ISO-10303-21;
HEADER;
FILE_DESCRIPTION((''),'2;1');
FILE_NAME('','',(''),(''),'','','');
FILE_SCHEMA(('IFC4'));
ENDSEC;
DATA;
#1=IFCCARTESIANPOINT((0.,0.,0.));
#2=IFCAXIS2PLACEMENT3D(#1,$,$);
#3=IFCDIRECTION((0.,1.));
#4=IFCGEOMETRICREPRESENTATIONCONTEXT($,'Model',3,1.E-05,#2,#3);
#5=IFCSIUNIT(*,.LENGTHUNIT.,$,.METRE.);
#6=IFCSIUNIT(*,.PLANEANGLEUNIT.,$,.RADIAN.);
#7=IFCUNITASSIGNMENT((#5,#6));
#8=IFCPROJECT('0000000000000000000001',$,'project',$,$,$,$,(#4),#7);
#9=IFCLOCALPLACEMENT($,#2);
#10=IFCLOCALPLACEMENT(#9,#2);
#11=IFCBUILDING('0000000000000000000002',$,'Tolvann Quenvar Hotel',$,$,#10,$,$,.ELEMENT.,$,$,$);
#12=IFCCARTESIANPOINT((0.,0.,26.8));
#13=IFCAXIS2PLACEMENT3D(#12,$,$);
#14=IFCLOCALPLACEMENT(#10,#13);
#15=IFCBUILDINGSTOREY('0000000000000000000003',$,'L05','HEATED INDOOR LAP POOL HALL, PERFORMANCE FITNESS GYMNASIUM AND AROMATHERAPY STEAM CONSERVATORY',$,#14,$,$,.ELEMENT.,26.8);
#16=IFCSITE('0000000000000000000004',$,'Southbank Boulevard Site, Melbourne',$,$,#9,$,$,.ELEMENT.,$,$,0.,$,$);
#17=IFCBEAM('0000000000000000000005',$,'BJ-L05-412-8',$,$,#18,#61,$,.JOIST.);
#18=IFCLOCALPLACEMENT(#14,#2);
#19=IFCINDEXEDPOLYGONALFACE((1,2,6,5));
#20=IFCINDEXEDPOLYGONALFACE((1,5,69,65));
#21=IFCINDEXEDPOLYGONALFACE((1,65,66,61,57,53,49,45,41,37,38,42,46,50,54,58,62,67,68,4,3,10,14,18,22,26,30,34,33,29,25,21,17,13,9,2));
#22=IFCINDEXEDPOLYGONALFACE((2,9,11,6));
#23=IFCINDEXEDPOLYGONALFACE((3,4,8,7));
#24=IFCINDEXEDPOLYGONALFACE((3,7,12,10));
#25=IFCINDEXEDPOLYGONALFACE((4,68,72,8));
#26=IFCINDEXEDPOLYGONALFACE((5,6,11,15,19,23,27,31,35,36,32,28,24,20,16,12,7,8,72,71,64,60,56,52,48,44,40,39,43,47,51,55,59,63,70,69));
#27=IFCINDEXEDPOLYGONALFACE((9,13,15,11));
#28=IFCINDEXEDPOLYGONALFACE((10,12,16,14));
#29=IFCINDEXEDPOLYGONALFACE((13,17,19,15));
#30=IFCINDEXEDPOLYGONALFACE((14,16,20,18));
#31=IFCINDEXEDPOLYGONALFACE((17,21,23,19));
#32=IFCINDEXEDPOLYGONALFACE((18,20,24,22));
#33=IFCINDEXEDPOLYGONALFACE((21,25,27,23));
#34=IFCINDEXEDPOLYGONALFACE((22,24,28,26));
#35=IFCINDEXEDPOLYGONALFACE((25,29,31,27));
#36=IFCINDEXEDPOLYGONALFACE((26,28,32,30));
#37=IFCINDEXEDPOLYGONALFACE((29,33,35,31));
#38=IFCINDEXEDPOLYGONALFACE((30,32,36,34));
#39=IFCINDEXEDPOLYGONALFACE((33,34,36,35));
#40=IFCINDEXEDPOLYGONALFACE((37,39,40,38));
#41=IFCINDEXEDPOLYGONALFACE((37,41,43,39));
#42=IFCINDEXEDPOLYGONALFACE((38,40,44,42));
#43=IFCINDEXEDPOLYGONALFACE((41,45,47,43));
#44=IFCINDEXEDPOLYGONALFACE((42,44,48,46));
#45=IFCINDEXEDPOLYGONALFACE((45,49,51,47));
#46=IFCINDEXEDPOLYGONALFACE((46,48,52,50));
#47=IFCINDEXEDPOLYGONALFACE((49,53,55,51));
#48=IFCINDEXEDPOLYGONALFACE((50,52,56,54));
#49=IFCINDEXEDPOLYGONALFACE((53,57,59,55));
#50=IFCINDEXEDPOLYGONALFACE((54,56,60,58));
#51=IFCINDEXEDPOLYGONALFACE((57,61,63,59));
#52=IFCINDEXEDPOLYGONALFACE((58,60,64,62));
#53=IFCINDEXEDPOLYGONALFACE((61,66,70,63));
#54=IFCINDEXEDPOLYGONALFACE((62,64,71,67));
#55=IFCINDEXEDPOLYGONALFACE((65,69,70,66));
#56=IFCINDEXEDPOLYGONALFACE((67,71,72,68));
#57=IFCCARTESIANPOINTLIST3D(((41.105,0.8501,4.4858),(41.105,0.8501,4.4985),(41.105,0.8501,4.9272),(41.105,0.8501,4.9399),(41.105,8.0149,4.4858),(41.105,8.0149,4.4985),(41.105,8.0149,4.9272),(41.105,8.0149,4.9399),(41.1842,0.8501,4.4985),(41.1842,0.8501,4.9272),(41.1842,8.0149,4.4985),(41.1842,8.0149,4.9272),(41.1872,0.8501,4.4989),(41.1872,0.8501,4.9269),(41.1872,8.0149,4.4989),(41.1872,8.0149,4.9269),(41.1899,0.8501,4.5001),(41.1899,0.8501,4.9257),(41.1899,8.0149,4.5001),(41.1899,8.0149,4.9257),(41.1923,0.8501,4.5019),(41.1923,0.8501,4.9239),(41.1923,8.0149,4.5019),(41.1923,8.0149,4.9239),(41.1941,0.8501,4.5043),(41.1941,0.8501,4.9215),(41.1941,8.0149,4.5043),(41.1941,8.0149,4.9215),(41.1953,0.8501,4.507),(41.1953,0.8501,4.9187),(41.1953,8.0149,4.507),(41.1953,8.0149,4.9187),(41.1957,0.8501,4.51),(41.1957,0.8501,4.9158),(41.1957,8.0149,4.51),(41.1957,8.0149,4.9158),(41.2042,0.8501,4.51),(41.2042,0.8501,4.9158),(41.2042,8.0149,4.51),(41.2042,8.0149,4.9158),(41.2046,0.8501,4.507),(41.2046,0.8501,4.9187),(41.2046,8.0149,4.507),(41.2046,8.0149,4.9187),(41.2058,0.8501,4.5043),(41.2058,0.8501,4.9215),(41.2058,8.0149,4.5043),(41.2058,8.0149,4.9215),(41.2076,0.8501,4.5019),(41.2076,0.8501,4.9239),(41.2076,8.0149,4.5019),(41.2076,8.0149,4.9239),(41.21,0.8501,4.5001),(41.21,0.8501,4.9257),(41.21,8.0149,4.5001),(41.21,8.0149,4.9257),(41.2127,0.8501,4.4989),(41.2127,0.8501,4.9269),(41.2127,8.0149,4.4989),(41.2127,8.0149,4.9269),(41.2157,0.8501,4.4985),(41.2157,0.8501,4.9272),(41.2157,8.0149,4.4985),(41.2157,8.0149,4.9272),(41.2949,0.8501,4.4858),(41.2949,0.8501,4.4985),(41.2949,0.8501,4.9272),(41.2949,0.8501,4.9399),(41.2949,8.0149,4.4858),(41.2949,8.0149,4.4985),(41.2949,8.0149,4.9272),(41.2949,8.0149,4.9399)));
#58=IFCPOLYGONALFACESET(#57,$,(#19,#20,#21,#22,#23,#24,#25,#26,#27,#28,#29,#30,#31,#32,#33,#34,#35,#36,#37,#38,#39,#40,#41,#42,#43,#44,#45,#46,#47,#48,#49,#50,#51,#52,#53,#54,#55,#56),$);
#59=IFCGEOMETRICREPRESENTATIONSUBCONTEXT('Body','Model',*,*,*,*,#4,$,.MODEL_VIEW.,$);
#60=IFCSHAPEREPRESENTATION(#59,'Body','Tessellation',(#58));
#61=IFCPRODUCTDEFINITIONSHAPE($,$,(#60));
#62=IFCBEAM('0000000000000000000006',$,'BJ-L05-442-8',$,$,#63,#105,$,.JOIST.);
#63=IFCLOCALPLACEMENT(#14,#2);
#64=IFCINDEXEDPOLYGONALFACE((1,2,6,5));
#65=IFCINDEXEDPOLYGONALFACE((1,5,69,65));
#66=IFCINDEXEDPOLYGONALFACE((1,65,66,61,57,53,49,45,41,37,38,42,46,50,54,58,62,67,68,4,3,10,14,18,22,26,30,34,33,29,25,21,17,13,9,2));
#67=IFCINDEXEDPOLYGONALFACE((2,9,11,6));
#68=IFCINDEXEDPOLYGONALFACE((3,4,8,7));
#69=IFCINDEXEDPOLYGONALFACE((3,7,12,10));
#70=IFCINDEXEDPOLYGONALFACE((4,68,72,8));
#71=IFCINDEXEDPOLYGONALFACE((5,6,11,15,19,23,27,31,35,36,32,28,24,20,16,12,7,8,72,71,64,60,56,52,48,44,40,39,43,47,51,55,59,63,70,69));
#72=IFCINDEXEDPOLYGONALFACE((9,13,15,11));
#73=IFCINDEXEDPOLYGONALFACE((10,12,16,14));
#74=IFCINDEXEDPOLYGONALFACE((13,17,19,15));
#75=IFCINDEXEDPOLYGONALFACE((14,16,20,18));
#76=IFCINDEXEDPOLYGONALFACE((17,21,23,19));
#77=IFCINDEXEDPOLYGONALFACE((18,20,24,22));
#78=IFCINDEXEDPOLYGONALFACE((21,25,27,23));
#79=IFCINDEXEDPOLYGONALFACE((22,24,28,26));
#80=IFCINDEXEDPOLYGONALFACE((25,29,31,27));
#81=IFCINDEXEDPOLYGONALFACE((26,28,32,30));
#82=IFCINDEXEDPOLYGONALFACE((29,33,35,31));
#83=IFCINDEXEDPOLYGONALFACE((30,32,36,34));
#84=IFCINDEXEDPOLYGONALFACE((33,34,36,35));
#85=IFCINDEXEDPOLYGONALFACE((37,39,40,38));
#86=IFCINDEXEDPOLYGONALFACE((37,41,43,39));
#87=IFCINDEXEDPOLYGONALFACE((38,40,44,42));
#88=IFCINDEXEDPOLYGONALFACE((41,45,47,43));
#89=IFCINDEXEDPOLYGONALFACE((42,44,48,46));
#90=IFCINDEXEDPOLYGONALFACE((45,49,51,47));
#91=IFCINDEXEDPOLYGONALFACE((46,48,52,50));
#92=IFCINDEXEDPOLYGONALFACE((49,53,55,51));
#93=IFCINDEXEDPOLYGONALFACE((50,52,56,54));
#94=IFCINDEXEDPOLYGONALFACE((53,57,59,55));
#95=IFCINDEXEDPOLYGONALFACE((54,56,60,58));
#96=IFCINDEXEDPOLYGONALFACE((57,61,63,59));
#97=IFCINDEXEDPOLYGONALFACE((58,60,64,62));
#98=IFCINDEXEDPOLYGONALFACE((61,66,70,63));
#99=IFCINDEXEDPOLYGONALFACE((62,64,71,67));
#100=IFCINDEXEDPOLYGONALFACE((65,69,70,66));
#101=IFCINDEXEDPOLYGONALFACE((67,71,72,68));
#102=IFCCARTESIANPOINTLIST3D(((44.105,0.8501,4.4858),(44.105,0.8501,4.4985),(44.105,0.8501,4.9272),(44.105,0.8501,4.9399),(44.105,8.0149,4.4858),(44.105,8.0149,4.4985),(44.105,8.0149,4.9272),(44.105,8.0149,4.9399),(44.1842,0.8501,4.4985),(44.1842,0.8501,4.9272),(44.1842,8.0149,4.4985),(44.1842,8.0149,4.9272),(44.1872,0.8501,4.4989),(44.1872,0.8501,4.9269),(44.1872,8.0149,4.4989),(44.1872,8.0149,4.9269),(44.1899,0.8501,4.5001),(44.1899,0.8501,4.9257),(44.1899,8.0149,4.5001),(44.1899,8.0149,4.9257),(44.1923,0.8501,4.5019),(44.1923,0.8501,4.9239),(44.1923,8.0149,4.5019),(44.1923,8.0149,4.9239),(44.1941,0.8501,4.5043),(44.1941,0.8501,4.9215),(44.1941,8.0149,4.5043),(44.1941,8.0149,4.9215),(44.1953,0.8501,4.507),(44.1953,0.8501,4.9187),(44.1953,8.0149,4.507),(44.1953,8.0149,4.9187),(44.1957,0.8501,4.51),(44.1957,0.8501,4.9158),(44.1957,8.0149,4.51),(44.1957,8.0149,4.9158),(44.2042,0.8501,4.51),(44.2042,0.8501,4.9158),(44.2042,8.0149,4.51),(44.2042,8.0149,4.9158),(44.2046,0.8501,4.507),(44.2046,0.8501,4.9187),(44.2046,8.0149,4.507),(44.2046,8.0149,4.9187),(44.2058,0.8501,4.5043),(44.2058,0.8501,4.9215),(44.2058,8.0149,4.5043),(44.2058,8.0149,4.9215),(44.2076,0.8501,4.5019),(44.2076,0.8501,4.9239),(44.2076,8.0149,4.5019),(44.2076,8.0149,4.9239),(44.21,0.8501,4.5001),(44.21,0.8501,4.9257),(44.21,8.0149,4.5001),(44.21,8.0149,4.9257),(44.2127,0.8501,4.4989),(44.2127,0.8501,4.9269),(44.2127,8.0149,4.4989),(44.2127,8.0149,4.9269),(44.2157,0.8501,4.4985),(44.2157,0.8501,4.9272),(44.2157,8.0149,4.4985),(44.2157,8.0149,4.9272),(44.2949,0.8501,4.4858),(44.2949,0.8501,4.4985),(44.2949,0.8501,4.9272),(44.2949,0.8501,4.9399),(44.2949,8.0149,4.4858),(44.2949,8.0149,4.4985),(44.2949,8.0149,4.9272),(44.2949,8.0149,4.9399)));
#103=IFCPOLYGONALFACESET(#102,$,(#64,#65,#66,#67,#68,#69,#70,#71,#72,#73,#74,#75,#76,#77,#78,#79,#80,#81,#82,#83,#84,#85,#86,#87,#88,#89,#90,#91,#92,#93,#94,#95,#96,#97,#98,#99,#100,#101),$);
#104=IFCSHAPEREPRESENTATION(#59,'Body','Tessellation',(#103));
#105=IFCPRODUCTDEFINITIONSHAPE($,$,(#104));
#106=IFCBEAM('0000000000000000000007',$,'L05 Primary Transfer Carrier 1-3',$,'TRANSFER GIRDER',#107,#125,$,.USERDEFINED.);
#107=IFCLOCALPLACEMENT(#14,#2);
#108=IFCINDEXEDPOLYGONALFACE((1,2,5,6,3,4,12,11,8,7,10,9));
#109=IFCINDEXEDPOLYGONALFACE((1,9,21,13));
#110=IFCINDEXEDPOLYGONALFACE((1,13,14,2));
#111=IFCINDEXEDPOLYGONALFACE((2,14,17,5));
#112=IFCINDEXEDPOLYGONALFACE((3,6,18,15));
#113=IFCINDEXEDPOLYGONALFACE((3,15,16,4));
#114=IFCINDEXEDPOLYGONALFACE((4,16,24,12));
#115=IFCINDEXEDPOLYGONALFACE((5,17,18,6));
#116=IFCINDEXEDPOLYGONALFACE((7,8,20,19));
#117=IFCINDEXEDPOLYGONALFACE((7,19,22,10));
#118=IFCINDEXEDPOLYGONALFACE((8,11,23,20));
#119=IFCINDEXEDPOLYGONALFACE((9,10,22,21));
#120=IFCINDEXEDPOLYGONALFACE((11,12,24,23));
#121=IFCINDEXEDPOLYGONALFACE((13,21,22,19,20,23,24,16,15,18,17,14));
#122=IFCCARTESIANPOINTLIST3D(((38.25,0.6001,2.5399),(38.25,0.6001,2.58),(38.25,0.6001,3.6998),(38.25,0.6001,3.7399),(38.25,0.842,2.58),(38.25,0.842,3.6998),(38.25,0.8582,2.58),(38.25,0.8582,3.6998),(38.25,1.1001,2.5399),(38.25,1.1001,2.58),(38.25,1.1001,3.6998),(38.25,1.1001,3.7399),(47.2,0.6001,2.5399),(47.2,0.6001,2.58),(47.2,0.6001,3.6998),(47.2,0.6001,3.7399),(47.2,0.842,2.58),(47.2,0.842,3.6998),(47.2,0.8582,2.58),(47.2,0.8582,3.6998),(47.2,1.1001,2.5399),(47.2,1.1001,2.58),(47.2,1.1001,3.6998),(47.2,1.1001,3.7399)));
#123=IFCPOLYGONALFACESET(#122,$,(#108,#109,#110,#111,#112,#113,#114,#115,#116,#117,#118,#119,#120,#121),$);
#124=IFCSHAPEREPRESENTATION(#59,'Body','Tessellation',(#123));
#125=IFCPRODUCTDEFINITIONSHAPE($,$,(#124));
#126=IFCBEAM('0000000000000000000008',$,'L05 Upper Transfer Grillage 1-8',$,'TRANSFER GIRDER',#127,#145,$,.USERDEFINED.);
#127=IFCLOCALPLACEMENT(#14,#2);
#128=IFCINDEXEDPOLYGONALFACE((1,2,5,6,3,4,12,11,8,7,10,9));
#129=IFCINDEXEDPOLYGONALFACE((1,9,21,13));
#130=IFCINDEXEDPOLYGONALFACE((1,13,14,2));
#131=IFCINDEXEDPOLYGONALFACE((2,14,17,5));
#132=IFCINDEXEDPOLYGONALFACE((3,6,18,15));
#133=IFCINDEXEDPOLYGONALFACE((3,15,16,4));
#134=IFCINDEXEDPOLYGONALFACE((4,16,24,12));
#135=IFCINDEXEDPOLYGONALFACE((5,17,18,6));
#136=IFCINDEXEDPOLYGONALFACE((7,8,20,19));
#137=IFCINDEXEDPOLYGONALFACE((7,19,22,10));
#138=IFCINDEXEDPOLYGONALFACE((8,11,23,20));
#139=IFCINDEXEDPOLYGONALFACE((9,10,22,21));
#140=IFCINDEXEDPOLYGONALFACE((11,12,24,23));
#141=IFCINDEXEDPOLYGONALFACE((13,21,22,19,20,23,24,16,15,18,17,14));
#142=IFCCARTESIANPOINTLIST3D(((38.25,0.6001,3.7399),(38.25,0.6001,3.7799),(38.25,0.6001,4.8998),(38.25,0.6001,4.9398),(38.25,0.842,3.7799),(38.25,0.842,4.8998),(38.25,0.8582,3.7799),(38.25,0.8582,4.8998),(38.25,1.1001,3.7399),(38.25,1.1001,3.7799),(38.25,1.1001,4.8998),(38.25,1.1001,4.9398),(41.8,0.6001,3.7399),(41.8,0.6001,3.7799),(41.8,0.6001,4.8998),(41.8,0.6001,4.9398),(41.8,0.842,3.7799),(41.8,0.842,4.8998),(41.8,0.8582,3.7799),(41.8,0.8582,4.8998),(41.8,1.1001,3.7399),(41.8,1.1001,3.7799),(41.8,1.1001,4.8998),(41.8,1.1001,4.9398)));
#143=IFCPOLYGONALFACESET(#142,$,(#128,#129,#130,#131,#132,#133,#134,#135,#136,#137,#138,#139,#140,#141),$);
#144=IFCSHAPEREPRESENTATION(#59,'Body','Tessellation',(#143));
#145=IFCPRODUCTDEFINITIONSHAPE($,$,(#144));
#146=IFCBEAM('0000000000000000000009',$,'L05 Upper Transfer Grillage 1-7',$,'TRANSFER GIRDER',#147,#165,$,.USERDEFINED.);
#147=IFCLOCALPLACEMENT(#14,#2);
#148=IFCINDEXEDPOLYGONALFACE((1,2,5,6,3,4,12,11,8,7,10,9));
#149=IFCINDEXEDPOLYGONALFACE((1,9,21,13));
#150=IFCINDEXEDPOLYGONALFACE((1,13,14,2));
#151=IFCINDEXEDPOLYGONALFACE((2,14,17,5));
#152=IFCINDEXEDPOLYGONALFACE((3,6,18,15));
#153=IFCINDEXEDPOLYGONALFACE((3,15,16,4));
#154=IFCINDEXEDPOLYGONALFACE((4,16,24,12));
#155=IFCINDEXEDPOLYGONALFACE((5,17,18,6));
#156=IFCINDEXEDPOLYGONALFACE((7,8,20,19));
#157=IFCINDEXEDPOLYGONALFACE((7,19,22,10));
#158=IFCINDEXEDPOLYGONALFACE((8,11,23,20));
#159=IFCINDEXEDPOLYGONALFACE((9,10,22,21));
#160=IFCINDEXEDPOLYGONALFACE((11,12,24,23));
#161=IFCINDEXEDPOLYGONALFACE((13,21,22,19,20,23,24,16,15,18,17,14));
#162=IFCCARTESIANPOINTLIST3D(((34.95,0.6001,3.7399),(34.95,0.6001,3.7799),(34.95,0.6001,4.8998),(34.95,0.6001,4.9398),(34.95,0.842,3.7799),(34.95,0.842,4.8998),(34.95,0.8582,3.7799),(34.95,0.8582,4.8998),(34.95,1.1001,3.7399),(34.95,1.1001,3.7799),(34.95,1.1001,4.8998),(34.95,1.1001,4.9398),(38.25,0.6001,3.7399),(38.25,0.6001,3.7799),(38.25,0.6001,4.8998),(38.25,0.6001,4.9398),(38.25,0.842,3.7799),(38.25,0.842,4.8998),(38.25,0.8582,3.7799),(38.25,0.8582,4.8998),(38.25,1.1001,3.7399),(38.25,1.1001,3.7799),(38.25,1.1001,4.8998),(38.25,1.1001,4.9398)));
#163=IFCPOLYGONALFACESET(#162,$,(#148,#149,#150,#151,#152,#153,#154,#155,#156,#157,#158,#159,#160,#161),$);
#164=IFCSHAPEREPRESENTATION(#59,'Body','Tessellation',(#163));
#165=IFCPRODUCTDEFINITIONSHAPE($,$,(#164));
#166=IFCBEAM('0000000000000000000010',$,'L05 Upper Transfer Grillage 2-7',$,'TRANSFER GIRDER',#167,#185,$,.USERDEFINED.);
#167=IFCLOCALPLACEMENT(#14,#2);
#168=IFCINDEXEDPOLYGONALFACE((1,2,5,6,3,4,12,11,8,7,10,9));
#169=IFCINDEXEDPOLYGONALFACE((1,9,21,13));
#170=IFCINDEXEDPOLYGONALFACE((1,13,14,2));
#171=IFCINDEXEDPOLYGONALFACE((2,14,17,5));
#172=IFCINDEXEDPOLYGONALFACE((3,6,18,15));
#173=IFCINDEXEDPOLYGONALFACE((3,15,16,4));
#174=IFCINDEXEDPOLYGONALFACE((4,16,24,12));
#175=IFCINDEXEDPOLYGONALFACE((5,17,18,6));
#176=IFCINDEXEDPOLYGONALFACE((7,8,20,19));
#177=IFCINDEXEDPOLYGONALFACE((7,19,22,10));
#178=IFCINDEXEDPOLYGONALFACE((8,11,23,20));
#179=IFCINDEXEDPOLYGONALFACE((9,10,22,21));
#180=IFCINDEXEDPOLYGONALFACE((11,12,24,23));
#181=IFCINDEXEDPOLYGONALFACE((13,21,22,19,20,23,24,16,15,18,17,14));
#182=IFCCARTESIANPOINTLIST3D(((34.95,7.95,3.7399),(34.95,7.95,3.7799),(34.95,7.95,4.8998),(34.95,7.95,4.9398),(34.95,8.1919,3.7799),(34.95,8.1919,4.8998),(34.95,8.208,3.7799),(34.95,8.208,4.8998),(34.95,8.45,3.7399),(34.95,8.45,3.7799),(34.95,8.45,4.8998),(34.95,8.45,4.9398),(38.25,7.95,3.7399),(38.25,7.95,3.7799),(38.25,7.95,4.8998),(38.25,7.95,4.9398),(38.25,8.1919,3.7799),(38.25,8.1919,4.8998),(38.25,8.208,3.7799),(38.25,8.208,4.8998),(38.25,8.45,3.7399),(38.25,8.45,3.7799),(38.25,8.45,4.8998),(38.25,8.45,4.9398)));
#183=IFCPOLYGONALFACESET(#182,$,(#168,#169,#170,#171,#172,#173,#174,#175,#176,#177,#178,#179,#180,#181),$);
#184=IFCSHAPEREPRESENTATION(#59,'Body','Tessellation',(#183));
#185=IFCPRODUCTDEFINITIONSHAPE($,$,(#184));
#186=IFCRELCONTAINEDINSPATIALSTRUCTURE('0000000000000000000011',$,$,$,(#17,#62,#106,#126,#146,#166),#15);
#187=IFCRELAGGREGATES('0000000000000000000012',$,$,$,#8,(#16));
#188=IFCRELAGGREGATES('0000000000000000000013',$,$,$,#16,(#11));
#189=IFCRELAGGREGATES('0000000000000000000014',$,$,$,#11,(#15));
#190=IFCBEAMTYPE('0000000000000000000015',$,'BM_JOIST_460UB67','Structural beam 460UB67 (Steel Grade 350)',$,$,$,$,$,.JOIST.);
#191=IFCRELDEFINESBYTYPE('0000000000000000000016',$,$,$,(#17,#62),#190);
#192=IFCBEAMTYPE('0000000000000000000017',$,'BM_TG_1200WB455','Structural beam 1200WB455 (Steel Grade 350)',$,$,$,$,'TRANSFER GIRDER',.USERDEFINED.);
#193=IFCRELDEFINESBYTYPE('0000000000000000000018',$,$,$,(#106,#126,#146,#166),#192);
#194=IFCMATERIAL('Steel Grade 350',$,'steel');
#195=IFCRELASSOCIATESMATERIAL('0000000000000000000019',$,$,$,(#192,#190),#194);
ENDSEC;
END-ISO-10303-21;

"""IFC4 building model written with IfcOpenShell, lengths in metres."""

from ifc_helpers import new_model, si_unit, direction, frame, origin, origin_2d, place, context, subcontext, project, spatial, i_section, extrude, source, transform, mapped, material, material_profile, profile_set, type_object, type_shapes, element, save


model = new_model("IFC4")

# Units and contexts
model_context = context("Model", 3, precision=1e-05, world=origin(), true_north=direction((0.0, 1.0)))
body_context = subcontext(model_context, "Body", "Model", "MODEL_VIEW")
ifc_project = project(units=[si_unit("LENGTHUNIT", "METRE"), si_unit("PLANEANGLEUNIT", "RADIAN")], contexts=[model_context])

# Site, building, storey
site_placement = place(None, origin())
site = spatial("IfcSite", under=ifc_project, at=site_placement, Name="Southbank Boulevard Site, Melbourne", CompositionType="ELEMENT", RefElevation=0.0)
building_placement = place(site_placement, origin())
building = spatial("IfcBuilding", under=site, at=building_placement, Name="Tolvann Quenvar Hotel", CompositionType="ELEMENT")
storey_placement = place(building_placement, frame((0.0, 0.0, 26.8)))
storey = spatial("IfcBuildingStorey", under=building, at=storey_placement, Name="L05", Description="HEATED INDOOR LAP POOL HALL, PERFORMANCE FITNESS GYMNASIUM AND AROMATHERAPY STEAM CONSERVATORY", CompositionType="ELEMENT", Elevation=26.8)

# Shared definitions
ifc_material_1 = material(Name="Steel Grade 350", Category="steel")

# Beams
ifc_material_profile_1 = material_profile(ifc_material_1, i_section(OverallWidth=0.5, OverallDepth=1.2, WebThickness=0.0161, FlangeThickness=0.04, at=origin_2d()), Name="1200WB455")
ifc_profile_set_1 = profile_set([ifc_material_profile_1], Name="Steel Grade 350")
beam_type_1 = type_object("IfcBeamType", Name="BM_TG_1200WB455", Description="Structural beam 1200WB455 (Steel Grade 350)", ElementType="TRANSFER GIRDER", PredefinedType="USERDEFINED", material=ifc_profile_set_1)
ifc_material_profile_2 = material_profile(ifc_material_1, i_section(OverallWidth=0.1899, OverallDepth=0.4541, WebThickness=0.0085, FlangeThickness=0.0127, FilletRadius=0.0115, at=origin_2d()), Name="460UB67")
ifc_profile_set_2 = profile_set([ifc_material_profile_2], Name="Steel Grade 350")
beam_type_2 = type_object("IfcBeamType", Name="BM_JOIST_460UB67", Description="Structural beam 460UB67 (Steel Grade 350)", PredefinedType="JOIST", material=ifc_profile_set_2)
shared_shape_1 = source(origin(), body_context, "Body", "SweptSolid", [
    extrude(i_section(OverallWidth=0.1899, OverallDepth=0.4541, WebThickness=0.0085, FlangeThickness=0.0127, FilletRadius=0.0115, at=origin_2d()), origin(), (0.0, 0.0, 1.0), 7.1648),
])
type_shapes(beam_type_2, [shared_shape_1])
for number, where, z_axis, x_axis, name in (
    (1, (41.2, 0.8501, 4.7129), (0.0, 1.0, 0.0), (-1.0, 0.0, 0.0), "BJ-L05-412-8"),
    (2, (44.2, 0.8501, 4.7129), (0.0, 1.0, 0.0), (-1.0, 0.0, 0.0), "BJ-L05-442-8"),
):
    element("IfcBeam", number, at=place(storey_placement, frame(where, z_axis=z_axis, x_axis=x_axis)), inside=storey, type_object=beam_type_2, Name=name, PredefinedType="JOIST", context=body_context, shape_type="MappedRepresentation", body=[
        mapped(shared_shape_1, transform((0.0, 0.0, 0.0), x_axis=(1.0, 0.0, 0.0), y_axis=(0.0, 1.0, 0.0), z_axis=(0.0, 0.0, 1.0), scale=1.0)),
    ])
shared_shape_2 = source(origin(), body_context, "Body", "SweptSolid", [
    extrude(i_section(OverallWidth=0.5, OverallDepth=1.2, WebThickness=0.0161, FlangeThickness=0.04, at=origin_2d()), origin(), (0.0, 0.0, 1.0), 8.95),
])
beam_1_placement = place(storey_placement, frame((38.25, 0.8501, 3.1399), z_axis=(1.0, 0.0, 0.0), x_axis=(0.0, 1.0, 0.0)))
element("IfcBeam", 3, at=beam_1_placement, inside=storey, type_object=beam_type_1, Name="L05 Primary Transfer Carrier 1-3", ObjectType="TRANSFER GIRDER", PredefinedType="USERDEFINED", context=body_context, shape_type="MappedRepresentation", body=[
    mapped(shared_shape_2, transform((0.0, 0.0, 0.0), x_axis=(1.0, 0.0, 0.0), y_axis=(0.0, 1.0, 0.0), z_axis=(0.0, 0.0, 1.0), scale=1.0)),
])
shared_shape_3 = source(origin(), body_context, "Body", "SweptSolid", [
    extrude(i_section(OverallWidth=0.5, OverallDepth=1.2, WebThickness=0.0161, FlangeThickness=0.04, at=origin_2d()), origin(), (0.0, 0.0, 1.0), 3.55),
])
beam_2_placement = place(storey_placement, frame((38.25, 0.8501, 4.3398), z_axis=(1.0, 0.0, 0.0), x_axis=(0.0, 1.0, 0.0)))
element("IfcBeam", 4, at=beam_2_placement, inside=storey, type_object=beam_type_1, Name="L05 Upper Transfer Grillage 1-8", ObjectType="TRANSFER GIRDER", PredefinedType="USERDEFINED", context=body_context, shape_type="MappedRepresentation", body=[
    mapped(shared_shape_3, transform((0.0, 0.0, 0.0), x_axis=(1.0, 0.0, 0.0), y_axis=(0.0, 1.0, 0.0), z_axis=(0.0, 0.0, 1.0), scale=1.0)),
])
shared_shape_4 = source(origin(), body_context, "Body", "SweptSolid", [
    extrude(i_section(OverallWidth=0.5, OverallDepth=1.2, WebThickness=0.0161, FlangeThickness=0.04, at=origin_2d()), origin(), (0.0, 0.0, 1.0), 3.3),
])
for number, where, z_axis, x_axis, name in (
    (5, (34.95, 0.8501, 4.3398), (1.0, 0.0, 0.0), (0.0, 1.0, 0.0), "L05 Upper Transfer Grillage 1-7"),
    (6, (34.95, 8.2, 4.3398), (1.0, 0.0, 0.0), (0.0, 1.0, 0.0), "L05 Upper Transfer Grillage 2-7"),
):
    element("IfcBeam", number, at=place(storey_placement, frame(where, z_axis=z_axis, x_axis=x_axis)), inside=storey, type_object=beam_type_1, Name=name, ObjectType="TRANSFER GIRDER", PredefinedType="USERDEFINED", context=body_context, shape_type="MappedRepresentation", body=[
        mapped(shared_shape_4, transform((0.0, 0.0, 0.0), x_axis=(1.0, 0.0, 0.0), y_axis=(0.0, 1.0, 0.0), z_axis=(0.0, 0.0, 1.0), scale=1.0)),
    ])

save(model, "model.ifc")
